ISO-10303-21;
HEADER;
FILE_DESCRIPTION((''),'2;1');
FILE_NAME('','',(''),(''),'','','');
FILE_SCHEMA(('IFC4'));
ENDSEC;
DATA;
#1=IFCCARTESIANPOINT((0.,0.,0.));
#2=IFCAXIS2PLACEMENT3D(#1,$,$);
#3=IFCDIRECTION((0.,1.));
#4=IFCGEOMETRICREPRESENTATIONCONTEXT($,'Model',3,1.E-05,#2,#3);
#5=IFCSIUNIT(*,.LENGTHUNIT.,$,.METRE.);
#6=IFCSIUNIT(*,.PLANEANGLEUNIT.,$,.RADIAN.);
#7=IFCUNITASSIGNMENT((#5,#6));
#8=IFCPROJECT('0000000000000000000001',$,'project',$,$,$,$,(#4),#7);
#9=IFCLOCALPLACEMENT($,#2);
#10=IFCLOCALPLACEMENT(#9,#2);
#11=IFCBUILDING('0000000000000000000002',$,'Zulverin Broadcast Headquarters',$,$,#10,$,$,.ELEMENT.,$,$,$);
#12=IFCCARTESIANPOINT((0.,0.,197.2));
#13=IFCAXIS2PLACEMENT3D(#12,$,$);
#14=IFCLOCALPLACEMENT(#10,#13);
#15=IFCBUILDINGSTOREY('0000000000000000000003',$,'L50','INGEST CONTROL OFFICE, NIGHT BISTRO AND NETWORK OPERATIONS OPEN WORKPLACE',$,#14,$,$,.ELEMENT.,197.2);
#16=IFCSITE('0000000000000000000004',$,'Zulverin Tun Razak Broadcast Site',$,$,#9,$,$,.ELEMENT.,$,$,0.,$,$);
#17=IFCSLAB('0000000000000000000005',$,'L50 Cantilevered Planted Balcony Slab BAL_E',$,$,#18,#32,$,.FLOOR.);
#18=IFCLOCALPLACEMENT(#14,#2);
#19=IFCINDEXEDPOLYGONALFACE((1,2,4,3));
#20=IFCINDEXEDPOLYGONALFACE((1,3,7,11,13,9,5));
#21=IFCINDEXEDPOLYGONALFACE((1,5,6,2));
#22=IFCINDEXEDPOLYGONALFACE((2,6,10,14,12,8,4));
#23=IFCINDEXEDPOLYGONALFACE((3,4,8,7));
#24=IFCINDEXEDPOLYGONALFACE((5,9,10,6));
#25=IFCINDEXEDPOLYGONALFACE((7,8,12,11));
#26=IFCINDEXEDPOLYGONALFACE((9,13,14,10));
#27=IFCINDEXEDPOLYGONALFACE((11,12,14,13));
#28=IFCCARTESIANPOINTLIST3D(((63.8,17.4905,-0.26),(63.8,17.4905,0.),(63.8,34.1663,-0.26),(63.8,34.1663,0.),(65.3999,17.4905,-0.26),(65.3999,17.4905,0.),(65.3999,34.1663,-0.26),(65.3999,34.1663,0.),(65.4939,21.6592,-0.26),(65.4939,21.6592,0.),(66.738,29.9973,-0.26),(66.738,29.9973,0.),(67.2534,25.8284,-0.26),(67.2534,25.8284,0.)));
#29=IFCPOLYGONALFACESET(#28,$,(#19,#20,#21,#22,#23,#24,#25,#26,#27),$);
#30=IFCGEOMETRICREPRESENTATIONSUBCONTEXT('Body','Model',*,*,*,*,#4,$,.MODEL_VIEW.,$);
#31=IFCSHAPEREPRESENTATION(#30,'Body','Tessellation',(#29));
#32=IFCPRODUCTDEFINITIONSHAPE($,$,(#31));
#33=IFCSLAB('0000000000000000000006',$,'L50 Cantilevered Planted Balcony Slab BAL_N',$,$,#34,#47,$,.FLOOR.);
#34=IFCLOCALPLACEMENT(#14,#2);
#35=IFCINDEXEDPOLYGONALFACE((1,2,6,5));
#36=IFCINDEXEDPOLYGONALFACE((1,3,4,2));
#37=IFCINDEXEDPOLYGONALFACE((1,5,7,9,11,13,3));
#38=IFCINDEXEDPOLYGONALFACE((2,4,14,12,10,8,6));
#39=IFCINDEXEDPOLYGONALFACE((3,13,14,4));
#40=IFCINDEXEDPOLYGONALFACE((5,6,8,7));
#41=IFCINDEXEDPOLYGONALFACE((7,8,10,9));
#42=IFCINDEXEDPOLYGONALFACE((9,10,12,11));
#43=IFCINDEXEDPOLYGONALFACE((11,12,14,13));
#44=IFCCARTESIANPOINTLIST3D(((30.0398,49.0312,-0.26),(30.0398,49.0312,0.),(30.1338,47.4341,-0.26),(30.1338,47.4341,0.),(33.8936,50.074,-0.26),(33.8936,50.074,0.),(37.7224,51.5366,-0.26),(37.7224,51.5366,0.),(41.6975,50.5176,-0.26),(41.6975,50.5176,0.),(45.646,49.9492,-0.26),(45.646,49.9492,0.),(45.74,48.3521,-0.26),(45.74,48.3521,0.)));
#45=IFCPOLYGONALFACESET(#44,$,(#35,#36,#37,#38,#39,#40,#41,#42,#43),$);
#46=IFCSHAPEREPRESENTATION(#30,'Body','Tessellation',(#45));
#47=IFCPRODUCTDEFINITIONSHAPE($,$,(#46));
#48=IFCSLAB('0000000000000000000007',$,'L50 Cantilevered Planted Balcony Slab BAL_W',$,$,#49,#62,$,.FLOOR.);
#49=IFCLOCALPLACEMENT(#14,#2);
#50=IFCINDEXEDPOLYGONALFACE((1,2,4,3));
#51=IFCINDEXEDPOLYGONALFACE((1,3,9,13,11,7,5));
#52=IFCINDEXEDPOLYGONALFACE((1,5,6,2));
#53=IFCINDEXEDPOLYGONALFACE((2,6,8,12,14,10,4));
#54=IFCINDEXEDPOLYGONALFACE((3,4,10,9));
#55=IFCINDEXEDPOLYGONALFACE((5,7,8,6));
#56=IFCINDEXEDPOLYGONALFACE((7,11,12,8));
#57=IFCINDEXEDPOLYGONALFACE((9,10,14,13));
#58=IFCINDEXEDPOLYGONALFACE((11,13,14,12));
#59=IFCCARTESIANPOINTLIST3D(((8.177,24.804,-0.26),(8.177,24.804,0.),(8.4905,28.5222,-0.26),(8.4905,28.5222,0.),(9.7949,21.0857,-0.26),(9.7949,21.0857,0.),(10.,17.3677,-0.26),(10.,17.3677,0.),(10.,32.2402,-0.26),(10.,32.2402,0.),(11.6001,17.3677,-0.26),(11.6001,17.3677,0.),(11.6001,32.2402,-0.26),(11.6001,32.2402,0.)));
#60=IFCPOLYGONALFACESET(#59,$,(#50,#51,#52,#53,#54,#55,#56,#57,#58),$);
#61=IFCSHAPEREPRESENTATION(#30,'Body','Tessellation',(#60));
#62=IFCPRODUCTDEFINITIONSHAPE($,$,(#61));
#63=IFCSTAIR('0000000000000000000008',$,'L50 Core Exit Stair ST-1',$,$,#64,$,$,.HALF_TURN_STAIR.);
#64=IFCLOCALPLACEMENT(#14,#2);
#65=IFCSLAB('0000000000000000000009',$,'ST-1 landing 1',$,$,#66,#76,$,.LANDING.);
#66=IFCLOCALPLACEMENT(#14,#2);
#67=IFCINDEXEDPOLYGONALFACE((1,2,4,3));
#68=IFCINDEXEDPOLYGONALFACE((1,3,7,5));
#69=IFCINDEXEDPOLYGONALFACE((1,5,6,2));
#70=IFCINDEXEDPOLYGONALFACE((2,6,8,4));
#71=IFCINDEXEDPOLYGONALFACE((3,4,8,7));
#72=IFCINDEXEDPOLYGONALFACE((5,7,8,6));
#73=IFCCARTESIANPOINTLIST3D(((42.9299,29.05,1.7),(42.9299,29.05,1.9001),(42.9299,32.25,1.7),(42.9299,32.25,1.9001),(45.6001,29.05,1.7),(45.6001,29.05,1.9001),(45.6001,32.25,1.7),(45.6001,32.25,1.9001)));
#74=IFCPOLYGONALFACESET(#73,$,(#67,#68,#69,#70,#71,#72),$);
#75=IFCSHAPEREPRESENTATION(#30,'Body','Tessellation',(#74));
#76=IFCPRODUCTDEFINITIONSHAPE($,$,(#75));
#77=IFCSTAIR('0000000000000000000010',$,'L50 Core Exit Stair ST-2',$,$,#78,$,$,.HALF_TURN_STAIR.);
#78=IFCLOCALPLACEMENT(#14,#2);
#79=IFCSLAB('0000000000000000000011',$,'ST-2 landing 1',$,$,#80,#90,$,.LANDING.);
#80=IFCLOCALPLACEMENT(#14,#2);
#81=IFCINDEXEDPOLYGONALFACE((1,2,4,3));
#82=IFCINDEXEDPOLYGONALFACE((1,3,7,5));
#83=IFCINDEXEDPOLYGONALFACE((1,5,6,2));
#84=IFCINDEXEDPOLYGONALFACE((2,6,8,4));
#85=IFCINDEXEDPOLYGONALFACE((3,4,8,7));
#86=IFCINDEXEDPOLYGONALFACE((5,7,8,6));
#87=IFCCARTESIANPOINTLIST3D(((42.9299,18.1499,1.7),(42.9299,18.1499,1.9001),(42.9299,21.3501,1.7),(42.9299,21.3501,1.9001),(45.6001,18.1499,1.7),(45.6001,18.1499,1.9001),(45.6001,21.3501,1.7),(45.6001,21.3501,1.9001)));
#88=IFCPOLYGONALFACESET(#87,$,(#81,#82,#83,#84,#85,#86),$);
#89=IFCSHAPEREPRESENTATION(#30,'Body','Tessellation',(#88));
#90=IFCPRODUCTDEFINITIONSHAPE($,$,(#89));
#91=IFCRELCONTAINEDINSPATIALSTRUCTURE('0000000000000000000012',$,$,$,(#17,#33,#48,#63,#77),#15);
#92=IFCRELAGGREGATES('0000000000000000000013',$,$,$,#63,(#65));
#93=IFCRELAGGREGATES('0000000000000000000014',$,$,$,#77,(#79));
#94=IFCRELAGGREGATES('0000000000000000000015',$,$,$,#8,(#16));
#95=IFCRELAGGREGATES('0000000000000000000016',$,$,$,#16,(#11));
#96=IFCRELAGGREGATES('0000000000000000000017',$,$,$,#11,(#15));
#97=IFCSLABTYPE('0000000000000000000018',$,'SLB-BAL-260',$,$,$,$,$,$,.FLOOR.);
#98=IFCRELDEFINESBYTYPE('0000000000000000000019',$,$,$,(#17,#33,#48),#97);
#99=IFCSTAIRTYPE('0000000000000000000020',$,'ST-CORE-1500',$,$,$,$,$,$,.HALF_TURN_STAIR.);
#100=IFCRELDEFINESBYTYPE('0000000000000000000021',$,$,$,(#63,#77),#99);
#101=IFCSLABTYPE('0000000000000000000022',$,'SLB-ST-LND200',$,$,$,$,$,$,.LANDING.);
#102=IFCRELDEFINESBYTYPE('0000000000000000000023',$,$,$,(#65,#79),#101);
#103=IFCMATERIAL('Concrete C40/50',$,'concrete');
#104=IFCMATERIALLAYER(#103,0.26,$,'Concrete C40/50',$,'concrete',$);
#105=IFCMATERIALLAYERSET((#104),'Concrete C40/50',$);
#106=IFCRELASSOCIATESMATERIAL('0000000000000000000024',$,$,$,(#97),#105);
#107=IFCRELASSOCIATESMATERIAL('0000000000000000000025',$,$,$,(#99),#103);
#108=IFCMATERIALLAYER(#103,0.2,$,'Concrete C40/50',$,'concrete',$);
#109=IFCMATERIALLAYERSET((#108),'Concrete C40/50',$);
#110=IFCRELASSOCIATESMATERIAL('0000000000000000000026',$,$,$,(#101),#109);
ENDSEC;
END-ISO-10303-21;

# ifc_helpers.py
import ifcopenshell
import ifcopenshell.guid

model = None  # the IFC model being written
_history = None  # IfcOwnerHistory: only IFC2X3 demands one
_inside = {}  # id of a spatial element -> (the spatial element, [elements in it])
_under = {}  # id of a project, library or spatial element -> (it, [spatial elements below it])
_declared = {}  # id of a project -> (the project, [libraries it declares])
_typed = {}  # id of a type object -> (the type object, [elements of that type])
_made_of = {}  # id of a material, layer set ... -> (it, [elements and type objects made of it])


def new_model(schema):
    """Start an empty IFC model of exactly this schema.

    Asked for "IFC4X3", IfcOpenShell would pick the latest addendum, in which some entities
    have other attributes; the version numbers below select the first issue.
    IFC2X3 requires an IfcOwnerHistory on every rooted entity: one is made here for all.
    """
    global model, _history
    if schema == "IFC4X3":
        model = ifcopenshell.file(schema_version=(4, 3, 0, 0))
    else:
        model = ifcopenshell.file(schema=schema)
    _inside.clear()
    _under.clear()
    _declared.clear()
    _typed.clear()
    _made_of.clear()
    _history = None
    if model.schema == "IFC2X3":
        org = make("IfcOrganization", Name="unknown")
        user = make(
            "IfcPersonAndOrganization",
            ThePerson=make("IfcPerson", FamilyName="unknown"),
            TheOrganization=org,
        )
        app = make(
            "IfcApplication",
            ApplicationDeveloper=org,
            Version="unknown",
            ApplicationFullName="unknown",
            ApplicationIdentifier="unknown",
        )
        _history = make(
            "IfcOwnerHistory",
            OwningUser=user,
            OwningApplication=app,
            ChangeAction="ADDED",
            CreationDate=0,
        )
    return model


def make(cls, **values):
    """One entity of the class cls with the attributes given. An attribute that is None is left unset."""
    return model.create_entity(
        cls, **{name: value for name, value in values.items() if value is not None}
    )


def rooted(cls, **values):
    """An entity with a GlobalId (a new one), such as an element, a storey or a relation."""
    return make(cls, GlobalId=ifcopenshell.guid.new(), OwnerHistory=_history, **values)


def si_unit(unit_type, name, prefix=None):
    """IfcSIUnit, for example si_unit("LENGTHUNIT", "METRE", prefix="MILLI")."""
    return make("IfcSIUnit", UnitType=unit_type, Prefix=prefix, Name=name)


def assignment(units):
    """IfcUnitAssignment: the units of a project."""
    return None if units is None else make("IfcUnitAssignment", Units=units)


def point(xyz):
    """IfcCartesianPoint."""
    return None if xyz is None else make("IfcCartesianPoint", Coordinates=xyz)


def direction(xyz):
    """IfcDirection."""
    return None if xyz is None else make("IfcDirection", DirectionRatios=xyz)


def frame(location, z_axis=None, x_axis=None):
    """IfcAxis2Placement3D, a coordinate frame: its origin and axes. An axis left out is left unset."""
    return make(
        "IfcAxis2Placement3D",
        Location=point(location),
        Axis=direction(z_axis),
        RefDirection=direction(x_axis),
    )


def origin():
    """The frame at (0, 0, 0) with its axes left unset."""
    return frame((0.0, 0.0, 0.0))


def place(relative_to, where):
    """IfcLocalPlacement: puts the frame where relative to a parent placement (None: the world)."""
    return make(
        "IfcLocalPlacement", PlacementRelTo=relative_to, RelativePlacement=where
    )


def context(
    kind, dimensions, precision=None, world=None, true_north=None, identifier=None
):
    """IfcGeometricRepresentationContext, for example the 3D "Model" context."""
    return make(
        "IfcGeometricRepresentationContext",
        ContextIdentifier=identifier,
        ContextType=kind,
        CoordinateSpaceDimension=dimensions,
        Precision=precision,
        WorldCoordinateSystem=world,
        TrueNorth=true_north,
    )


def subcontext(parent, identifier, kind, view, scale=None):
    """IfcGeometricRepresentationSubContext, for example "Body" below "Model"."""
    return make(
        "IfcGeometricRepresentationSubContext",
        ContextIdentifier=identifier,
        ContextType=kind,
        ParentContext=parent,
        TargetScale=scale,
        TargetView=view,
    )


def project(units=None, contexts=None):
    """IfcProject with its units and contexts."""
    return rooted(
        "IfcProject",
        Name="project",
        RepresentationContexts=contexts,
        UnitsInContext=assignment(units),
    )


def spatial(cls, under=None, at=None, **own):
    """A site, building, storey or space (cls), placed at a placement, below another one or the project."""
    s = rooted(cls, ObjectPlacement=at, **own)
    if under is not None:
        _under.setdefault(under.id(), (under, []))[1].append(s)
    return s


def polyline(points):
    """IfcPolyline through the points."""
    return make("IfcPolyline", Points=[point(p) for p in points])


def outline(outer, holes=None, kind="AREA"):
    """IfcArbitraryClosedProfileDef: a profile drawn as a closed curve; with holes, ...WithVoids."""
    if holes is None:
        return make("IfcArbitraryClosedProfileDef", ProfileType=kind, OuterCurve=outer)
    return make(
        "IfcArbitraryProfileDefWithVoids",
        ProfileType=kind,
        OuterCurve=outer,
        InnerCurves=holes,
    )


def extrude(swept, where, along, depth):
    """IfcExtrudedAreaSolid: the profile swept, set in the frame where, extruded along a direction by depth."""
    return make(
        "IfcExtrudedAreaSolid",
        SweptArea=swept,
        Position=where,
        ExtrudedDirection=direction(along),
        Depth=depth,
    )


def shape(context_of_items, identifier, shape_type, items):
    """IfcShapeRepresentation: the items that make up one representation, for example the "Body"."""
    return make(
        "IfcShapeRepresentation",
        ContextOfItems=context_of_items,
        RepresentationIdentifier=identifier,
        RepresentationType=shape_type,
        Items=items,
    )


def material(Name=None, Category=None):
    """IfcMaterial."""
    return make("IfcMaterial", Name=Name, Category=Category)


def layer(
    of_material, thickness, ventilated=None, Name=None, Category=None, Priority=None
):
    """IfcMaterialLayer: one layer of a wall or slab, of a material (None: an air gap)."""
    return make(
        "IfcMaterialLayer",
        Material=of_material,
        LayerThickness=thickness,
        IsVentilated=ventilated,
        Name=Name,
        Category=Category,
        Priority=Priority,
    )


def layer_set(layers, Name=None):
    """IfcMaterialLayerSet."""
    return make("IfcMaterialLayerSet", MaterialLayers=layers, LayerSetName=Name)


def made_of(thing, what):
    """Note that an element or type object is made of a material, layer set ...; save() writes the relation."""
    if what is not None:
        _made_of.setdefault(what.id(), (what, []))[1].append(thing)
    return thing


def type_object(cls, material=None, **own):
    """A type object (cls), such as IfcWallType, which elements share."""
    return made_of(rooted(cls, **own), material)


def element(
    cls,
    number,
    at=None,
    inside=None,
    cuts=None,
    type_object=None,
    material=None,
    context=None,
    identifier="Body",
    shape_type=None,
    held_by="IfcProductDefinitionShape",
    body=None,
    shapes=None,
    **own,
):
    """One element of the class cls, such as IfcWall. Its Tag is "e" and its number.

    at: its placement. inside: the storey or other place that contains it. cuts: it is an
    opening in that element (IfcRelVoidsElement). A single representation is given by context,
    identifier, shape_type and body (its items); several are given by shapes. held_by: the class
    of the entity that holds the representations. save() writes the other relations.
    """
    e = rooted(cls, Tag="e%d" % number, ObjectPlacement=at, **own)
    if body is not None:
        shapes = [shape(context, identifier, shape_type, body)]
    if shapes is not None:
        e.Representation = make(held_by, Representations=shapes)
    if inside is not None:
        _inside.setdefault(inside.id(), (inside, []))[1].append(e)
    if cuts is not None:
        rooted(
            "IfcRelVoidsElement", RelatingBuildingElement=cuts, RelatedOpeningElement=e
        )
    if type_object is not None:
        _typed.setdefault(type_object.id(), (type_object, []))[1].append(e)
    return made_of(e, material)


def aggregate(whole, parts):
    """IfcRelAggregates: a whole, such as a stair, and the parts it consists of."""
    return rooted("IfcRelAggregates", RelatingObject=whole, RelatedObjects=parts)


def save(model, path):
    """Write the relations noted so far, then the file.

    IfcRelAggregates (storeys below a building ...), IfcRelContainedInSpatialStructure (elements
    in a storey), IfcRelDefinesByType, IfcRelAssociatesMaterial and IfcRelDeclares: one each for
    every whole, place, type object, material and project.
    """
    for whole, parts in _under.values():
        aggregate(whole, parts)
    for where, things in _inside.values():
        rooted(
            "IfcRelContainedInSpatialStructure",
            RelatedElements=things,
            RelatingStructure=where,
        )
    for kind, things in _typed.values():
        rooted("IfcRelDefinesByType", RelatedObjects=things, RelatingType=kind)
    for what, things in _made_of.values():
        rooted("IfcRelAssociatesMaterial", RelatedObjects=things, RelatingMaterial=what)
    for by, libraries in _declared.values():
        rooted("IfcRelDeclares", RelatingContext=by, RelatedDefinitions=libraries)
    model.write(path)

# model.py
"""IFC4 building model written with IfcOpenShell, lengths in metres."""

from ifc_helpers import new_model, si_unit, direction, frame, origin, place, context, subcontext, project, spatial, polyline, outline, extrude, material, layer, layer_set, type_object, element, aggregate, save


model = new_model("IFC4")

# Units and contexts
model_context = context("Model", 3, precision=1e-05, world=origin(), true_north=direction((0.0, 1.0)))
body_context = subcontext(model_context, "Body", "Model", "MODEL_VIEW")
ifc_project = project(units=[si_unit("LENGTHUNIT", "METRE"), si_unit("PLANEANGLEUNIT", "RADIAN")], contexts=[model_context])

# Site, building, storey
site_placement = place(None, origin())
site = spatial("IfcSite", under=ifc_project, at=site_placement, Name="Zulverin Tun Razak Broadcast Site", CompositionType="ELEMENT", RefElevation=0.0)
building_placement = place(site_placement, origin())
building = spatial("IfcBuilding", under=site, at=building_placement, Name="Zulverin Broadcast Headquarters", CompositionType="ELEMENT")
storey_placement = place(building_placement, frame((0.0, 0.0, 197.2)))
storey = spatial("IfcBuildingStorey", under=building, at=storey_placement, Name="L50", Description="INGEST CONTROL OFFICE, NIGHT BISTRO AND NETWORK OPERATIONS OPEN WORKPLACE", CompositionType="ELEMENT", Elevation=197.2)

# Slabs
ifc_material_1 = material(Name="Concrete C40/50", Category="concrete")
ifc_layer_1 = layer(ifc_material_1, 0.26, Name="Concrete C40/50", Category="concrete")
ifc_layer_set_1 = layer_set([ifc_layer_1], Name="Concrete C40/50")
slab_type_1 = type_object("IfcSlabType", Name="SLB-BAL-260", PredefinedType="FLOOR", material=ifc_layer_set_1)
slab_1_placement = place(storey_placement, frame((0.0, 0.0, -0.26)))
element("IfcSlab", 1, at=slab_1_placement, inside=storey, type_object=slab_type_1, Name="L50 Cantilevered Planted Balcony Slab BAL_E", PredefinedType="FLOOR", context=body_context, shape_type="SweptSolid", body=[
    extrude(outline(polyline([(63.8, 34.1663), (63.8, 17.4905), (65.3999, 17.4905), (65.4939, 21.6592), (67.2534, 25.8284), (66.738, 29.9973), (65.3999, 34.1663), (63.8, 34.1663)])), origin(), (0.0, 0.0, 1.0), 0.26),
])
slab_2_placement = place(storey_placement, frame((0.0, 0.0, -0.26)))
element("IfcSlab", 2, at=slab_2_placement, inside=storey, type_object=slab_type_1, Name="L50 Cantilevered Planted Balcony Slab BAL_N", PredefinedType="FLOOR", context=body_context, shape_type="SweptSolid", body=[
    extrude(outline(polyline([(30.1338, 47.4341), (45.74, 48.3521), (45.646, 49.9492), (41.6975, 50.5176), (37.7224, 51.5366), (33.8936, 50.074), (30.0398, 49.0312), (30.1338, 47.4341)])), origin(), (0.0, 0.0, 1.0), 0.26),
])
slab_3_placement = place(storey_placement, frame((0.0, 0.0, -0.26)))
element("IfcSlab", 3, at=slab_3_placement, inside=storey, type_object=slab_type_1, Name="L50 Cantilevered Planted Balcony Slab BAL_W", PredefinedType="FLOOR", context=body_context, shape_type="SweptSolid", body=[
    extrude(outline(polyline([(11.6001, 17.3677), (11.6001, 32.2402), (10.0, 32.2402), (8.4905, 28.5222), (8.177, 24.804), (9.7949, 21.0857), (10.0, 17.3677), (11.6001, 17.3677)])), origin(), (0.0, 0.0, 1.0), 0.26),
])

# Stairs, slabs
stair_type = type_object("IfcStairType", Name="ST-CORE-1500", PredefinedType="HALF_TURN_STAIR", material=ifc_material_1)
stair_1_placement = place(storey_placement, origin())
stair_1 = element("IfcStair", 4, at=stair_1_placement, inside=storey, type_object=stair_type, Name="L50 Core Exit Stair ST-1", PredefinedType="HALF_TURN_STAIR")
ifc_layer_2 = layer(ifc_material_1, 0.2, Name="Concrete C40/50", Category="concrete")
ifc_layer_set_2 = layer_set([ifc_layer_2], Name="Concrete C40/50")
slab_type_2 = type_object("IfcSlabType", Name="SLB-ST-LND200", PredefinedType="LANDING", material=ifc_layer_set_2)
slab_4_placement = place(storey_placement, frame((0.0, 0.0, 1.7)))
slab_4 = element("IfcSlab", 5, at=slab_4_placement, type_object=slab_type_2, Name="ST-1 landing 1", PredefinedType="LANDING", context=body_context, shape_type="SweptSolid", body=[
    extrude(outline(polyline([(42.9299, 29.05), (45.6001, 29.05), (45.6001, 32.25), (42.9299, 32.25), (42.9299, 29.05)])), origin(), (0.0, 0.0, 1.0), 0.2002),
])
aggregate(stair_1, [slab_4])
stair_2_placement = place(storey_placement, origin())
stair_2 = element("IfcStair", 6, at=stair_2_placement, inside=storey, type_object=stair_type, Name="L50 Core Exit Stair ST-2", PredefinedType="HALF_TURN_STAIR")
slab_5_placement = place(storey_placement, frame((0.0, 0.0, 1.7)))
slab_5 = element("IfcSlab", 7, at=slab_5_placement, type_object=slab_type_2, Name="ST-2 landing 1", PredefinedType="LANDING", context=body_context, shape_type="SweptSolid", body=[
    extrude(outline(polyline([(42.9299, 18.1499), (45.6001, 18.1499), (45.6001, 21.3501), (42.9299, 21.3501), (42.9299, 18.1499)])), origin(), (0.0, 0.0, 1.0), 0.2002),
])
aggregate(stair_2, [slab_5])

save(model, "model.ifc")
